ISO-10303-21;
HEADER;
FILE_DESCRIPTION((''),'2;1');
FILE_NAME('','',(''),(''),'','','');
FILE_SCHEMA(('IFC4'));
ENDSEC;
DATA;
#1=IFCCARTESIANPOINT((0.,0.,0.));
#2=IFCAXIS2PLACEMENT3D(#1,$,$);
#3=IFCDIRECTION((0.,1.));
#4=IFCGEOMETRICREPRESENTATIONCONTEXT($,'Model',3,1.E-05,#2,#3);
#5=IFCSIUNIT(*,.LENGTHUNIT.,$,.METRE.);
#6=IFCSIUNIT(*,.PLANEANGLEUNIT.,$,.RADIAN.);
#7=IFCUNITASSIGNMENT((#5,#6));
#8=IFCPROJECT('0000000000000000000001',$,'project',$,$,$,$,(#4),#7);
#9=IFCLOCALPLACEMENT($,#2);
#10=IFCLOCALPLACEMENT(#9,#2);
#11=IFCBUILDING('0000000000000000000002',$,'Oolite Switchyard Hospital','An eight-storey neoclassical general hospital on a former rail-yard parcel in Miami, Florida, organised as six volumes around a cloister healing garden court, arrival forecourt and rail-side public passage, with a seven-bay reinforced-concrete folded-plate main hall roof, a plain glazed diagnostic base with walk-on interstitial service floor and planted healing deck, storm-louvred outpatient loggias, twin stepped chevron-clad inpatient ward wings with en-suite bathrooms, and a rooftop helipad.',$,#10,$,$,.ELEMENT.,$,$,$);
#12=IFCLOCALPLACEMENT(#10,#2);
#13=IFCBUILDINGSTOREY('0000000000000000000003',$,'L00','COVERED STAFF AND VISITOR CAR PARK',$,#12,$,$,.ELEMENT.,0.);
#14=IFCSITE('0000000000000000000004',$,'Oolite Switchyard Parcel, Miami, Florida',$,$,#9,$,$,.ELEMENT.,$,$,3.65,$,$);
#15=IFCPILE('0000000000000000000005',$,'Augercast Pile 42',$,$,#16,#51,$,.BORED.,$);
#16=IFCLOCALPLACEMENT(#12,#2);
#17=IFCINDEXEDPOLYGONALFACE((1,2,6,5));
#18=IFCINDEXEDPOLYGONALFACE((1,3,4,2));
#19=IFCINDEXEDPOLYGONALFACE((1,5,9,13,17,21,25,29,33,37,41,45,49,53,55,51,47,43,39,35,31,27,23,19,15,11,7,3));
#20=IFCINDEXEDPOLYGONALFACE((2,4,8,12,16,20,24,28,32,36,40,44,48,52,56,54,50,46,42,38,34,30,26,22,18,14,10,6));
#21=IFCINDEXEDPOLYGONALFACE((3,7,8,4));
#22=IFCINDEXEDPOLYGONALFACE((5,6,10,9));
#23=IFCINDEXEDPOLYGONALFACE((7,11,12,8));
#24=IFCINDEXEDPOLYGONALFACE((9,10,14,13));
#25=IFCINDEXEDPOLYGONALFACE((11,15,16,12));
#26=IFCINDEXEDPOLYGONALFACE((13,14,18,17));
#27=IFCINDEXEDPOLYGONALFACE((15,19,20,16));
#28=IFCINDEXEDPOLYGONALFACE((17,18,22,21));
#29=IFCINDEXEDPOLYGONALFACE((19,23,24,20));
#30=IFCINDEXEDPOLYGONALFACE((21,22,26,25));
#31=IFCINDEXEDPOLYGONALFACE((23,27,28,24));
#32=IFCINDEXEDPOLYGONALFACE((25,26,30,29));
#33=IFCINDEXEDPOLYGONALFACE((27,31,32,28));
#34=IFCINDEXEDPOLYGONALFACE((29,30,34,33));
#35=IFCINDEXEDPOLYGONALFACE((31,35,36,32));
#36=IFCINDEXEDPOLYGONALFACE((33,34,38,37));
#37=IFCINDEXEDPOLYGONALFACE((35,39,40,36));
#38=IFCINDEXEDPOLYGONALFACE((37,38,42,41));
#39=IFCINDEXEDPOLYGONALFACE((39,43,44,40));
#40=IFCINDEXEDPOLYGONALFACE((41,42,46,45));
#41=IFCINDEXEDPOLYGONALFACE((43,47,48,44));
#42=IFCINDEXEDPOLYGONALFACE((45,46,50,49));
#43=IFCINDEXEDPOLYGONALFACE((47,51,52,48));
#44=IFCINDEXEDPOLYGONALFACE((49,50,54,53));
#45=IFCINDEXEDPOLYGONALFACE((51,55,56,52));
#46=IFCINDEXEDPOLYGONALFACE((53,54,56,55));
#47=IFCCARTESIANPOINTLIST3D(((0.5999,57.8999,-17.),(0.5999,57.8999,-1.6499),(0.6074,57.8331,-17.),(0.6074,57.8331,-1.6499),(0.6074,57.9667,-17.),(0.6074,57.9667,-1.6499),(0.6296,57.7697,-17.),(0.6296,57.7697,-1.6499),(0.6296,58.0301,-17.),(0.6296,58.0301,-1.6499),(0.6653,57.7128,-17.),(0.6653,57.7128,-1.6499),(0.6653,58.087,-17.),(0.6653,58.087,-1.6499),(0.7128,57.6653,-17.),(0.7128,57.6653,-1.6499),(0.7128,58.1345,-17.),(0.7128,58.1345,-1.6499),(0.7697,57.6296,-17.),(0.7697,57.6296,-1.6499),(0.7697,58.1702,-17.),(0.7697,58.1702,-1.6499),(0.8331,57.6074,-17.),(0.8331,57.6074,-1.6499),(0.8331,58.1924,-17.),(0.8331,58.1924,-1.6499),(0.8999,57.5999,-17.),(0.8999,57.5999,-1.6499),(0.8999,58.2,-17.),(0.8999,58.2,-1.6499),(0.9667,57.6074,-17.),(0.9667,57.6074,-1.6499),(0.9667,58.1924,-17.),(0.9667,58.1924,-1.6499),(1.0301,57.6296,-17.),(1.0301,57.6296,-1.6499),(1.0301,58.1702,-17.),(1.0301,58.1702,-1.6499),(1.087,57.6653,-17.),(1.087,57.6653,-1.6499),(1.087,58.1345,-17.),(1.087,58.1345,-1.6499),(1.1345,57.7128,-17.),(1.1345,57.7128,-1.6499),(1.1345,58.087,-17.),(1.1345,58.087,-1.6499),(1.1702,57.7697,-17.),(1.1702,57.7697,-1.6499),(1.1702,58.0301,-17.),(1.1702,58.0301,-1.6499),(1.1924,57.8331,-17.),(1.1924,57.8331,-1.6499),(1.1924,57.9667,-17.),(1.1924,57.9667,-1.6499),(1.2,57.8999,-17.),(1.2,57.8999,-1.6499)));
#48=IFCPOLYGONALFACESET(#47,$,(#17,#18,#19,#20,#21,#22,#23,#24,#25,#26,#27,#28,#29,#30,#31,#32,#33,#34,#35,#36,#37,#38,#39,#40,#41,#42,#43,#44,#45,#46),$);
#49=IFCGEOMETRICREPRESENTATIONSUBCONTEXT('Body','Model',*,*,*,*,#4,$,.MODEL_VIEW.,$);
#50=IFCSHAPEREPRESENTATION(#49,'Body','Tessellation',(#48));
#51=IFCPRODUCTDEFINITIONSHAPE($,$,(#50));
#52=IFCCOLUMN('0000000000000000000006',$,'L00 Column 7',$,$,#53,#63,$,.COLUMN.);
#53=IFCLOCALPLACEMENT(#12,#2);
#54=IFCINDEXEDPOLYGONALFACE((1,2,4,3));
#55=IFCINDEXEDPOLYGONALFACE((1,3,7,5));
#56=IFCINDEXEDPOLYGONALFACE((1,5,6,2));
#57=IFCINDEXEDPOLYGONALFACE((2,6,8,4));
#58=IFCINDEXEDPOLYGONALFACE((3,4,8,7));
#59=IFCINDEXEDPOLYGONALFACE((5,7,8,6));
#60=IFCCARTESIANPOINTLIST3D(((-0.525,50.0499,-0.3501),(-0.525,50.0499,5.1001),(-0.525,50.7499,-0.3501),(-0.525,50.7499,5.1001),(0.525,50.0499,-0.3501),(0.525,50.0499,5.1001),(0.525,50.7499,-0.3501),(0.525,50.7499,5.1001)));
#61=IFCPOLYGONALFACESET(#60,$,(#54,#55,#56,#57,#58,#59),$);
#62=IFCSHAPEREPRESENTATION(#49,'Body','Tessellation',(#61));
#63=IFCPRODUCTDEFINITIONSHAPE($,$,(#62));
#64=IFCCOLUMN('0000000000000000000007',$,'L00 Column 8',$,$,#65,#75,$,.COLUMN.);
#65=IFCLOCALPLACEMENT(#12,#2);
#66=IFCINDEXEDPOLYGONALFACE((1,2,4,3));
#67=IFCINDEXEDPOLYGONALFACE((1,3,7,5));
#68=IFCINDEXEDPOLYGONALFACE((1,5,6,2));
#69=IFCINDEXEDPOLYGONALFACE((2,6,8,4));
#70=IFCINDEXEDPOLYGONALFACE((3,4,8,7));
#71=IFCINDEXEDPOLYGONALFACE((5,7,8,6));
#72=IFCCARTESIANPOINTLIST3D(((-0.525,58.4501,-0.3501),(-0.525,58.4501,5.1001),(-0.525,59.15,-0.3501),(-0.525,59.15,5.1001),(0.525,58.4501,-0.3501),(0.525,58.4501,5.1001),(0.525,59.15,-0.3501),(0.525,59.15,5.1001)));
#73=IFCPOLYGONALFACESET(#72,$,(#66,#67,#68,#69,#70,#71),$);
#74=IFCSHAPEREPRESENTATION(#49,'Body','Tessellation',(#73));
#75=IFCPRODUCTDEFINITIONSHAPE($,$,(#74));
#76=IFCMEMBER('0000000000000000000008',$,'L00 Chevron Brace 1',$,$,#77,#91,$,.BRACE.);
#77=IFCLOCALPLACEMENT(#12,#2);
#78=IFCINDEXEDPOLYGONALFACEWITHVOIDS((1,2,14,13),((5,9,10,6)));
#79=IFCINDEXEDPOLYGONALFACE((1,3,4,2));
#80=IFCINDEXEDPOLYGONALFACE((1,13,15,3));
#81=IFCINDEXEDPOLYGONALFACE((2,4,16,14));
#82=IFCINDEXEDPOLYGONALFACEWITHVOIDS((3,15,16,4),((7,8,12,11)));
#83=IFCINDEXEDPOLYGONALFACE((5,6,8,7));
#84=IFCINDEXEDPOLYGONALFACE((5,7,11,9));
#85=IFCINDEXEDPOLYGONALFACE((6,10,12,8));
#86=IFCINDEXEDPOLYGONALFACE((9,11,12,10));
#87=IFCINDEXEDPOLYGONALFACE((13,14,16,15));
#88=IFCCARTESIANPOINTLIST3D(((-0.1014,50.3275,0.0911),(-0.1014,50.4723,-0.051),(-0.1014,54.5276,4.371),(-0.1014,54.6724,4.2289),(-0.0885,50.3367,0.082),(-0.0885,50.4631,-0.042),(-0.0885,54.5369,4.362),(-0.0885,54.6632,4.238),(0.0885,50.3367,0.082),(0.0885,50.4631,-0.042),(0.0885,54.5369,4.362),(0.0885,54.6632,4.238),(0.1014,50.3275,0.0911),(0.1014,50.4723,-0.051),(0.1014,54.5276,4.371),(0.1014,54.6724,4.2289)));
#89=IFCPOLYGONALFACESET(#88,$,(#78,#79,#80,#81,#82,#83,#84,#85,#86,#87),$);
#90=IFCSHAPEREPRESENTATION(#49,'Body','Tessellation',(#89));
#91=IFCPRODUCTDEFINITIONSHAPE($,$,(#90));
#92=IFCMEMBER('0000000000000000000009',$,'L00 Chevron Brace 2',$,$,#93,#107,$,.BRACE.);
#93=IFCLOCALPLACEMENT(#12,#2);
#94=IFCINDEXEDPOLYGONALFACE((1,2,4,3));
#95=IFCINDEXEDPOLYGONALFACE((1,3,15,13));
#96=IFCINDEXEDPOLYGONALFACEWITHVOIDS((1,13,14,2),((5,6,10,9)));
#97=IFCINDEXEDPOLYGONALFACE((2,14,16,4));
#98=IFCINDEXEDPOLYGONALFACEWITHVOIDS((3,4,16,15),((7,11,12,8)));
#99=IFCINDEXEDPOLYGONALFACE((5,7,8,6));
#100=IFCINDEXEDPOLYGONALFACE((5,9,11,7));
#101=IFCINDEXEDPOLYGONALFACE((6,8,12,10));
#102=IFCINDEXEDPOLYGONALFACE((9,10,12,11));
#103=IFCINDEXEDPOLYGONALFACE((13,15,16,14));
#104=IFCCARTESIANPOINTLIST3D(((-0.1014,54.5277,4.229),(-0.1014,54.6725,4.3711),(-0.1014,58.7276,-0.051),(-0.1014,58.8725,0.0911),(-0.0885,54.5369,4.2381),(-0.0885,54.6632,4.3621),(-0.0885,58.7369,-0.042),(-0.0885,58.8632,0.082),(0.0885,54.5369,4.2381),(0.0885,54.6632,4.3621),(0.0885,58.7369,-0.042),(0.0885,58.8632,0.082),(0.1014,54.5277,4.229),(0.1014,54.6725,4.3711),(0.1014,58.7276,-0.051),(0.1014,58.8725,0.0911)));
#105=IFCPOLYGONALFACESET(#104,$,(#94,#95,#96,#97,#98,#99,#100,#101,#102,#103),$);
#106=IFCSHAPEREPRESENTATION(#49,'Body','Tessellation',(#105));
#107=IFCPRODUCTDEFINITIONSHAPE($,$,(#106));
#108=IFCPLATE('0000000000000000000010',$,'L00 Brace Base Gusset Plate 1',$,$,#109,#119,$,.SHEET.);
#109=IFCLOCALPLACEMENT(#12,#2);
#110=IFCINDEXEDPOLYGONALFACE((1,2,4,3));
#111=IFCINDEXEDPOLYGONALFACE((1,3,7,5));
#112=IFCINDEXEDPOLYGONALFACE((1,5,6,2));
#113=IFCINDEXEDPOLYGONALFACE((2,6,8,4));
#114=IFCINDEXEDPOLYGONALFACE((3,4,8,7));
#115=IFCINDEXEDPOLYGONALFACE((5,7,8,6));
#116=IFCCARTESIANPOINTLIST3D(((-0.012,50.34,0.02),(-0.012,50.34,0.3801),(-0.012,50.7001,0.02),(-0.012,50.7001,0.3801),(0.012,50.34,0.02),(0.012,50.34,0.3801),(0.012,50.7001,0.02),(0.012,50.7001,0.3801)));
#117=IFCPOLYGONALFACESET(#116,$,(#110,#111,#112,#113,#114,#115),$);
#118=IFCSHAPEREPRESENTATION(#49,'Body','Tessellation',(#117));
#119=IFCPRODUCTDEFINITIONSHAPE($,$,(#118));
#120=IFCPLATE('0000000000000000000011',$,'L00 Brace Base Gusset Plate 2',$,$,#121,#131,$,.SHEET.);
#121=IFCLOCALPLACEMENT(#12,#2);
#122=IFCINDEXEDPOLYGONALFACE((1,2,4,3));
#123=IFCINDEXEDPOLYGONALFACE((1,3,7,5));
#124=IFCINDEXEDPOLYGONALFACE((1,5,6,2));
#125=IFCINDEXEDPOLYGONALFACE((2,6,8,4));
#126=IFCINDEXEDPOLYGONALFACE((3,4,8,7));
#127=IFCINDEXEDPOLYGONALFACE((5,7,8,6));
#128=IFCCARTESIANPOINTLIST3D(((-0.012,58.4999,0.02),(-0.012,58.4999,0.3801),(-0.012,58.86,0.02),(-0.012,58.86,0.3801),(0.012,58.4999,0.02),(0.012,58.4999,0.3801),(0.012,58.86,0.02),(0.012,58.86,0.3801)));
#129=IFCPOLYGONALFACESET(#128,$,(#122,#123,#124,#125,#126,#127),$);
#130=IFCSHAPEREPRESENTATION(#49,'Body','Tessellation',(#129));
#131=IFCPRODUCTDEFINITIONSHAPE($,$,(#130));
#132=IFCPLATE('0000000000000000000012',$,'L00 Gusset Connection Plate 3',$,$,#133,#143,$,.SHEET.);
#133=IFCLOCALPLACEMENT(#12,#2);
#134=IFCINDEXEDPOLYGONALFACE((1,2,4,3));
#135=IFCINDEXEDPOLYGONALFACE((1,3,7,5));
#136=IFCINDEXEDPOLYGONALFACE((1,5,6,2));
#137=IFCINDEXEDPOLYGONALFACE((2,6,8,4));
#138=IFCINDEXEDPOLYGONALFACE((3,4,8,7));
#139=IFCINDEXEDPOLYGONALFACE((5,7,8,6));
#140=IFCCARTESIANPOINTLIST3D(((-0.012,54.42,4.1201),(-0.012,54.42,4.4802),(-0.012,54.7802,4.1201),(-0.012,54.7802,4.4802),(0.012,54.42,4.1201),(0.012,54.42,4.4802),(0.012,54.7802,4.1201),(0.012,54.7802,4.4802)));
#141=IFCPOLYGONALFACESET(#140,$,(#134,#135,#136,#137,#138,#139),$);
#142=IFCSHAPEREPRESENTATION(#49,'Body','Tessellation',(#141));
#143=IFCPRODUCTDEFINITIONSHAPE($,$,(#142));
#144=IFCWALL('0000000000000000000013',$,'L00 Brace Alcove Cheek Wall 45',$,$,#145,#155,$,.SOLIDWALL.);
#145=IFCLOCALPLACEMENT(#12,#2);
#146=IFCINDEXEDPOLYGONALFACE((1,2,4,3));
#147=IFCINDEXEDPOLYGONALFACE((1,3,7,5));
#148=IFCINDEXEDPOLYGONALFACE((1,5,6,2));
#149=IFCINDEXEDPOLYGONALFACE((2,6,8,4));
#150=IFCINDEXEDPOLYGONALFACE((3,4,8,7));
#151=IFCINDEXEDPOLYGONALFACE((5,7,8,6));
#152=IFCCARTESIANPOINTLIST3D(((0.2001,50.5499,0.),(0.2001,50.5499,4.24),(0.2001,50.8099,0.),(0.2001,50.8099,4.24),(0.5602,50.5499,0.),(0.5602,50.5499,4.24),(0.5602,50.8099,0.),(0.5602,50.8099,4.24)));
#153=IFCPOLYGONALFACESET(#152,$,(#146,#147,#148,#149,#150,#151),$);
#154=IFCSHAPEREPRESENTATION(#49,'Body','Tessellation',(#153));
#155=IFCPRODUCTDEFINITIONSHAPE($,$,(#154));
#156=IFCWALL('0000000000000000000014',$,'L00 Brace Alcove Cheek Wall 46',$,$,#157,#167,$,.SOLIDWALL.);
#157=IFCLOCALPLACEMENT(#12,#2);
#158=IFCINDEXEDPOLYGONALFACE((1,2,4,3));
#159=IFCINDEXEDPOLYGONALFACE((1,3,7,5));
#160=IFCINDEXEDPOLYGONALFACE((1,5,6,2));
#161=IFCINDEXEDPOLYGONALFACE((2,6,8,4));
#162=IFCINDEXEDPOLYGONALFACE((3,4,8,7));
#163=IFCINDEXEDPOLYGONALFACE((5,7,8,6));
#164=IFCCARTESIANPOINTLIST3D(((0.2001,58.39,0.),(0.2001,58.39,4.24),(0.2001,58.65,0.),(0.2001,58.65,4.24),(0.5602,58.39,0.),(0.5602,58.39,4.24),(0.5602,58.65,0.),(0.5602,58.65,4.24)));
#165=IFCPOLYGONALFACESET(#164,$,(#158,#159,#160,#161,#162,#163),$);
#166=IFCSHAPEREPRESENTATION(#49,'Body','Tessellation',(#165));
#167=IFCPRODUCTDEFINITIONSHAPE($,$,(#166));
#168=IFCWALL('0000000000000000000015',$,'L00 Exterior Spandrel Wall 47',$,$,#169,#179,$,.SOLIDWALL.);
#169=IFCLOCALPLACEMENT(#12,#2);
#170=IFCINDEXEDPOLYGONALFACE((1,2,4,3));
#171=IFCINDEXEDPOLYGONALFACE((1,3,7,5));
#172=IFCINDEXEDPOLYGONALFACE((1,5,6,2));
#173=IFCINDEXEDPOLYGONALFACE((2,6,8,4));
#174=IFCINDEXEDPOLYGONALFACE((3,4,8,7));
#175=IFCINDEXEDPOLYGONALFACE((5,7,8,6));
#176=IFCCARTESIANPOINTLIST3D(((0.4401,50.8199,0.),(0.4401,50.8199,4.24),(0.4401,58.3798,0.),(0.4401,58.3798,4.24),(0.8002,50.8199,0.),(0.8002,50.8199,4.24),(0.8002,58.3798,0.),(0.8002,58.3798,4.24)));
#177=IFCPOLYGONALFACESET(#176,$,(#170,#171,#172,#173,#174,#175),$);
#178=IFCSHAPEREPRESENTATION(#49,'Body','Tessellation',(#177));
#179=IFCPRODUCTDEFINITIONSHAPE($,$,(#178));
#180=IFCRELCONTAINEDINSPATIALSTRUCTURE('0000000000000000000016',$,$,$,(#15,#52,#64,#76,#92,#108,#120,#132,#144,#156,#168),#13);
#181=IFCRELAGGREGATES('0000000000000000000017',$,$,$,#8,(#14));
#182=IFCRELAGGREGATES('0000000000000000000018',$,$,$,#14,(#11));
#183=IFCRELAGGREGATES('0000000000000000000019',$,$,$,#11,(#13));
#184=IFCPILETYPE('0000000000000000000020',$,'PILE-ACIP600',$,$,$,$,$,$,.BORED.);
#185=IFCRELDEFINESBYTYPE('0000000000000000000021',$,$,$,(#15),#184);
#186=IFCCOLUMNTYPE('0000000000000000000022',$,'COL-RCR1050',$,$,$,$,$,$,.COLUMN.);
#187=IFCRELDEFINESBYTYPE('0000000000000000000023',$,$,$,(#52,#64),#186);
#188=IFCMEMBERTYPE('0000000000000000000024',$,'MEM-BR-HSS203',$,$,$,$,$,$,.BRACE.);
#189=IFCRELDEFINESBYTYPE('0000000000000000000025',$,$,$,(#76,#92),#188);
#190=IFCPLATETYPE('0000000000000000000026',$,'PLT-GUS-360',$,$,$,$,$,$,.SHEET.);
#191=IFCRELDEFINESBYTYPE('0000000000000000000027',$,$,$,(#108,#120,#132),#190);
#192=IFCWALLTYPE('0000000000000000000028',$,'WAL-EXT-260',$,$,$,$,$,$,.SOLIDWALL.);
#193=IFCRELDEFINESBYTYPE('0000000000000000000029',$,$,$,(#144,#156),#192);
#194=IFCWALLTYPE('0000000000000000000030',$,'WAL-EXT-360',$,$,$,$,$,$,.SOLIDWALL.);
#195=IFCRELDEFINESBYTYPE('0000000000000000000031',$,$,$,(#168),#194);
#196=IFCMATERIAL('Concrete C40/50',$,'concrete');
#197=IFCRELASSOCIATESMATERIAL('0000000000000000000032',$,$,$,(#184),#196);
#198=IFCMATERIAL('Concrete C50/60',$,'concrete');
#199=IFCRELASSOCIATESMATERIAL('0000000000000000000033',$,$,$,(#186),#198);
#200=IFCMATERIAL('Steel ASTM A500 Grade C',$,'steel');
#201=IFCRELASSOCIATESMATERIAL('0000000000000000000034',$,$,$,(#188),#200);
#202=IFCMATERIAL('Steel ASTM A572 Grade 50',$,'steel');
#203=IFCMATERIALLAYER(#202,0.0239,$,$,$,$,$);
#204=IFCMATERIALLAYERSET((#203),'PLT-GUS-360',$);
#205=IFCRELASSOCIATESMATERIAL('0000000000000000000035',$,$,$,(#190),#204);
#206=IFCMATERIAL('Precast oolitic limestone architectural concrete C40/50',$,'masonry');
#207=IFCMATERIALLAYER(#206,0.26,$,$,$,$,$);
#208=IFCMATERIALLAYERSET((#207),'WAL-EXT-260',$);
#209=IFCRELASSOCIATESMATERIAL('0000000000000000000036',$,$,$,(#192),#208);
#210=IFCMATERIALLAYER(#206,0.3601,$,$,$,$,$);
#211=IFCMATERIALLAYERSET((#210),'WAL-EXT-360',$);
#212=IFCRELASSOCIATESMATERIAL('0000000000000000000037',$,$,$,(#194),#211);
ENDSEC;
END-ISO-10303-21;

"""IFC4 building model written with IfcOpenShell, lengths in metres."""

from ifc_helpers import new_model, si_unit, direction, frame, frame_2d, origin, origin_2d, place, context, subcontext, project, spatial, rectangle, hollow_rectangle, circle, extrude, material, layer, layer_set, material_profile, profile_set, type_object, element, save


model = new_model("IFC4")

# Units and contexts
model_context = context("Model", 3, precision=1e-05, world=origin(), true_north=direction((0.0, 1.0)))
body_context = subcontext(model_context, "Body", "Model", "MODEL_VIEW")
ifc_project = project(units=[si_unit("LENGTHUNIT", "METRE"), si_unit("PLANEANGLEUNIT", "RADIAN")], contexts=[model_context])

# Site, building, storey
site_placement = place(None, origin())
site = spatial("IfcSite", under=ifc_project, at=site_placement, Name="Oolite Switchyard Parcel, Miami, Florida", CompositionType="ELEMENT", RefElevation=3.65)
building_placement = place(site_placement, origin())
building = spatial("IfcBuilding", under=site, at=building_placement, Name="Oolite Switchyard Hospital", Description="An eight-storey neoclassical general hospital on a former rail-yard parcel in Miami, Florida, organised as six volumes around a cloister healing garden court, arrival forecourt and rail-side public passage, with a seven-bay reinforced-concrete folded-plate main hall roof, a plain glazed diagnostic base with walk-on interstitial service floor and planted healing deck, storm-louvred outpatient loggias, twin stepped chevron-clad inpatient ward wings with en-suite bathrooms, and a rooftop helipad.", CompositionType="ELEMENT")
storey_placement = place(building_placement, origin())
storey = spatial("IfcBuildingStorey", under=building, at=storey_placement, Name="L00", Description="COVERED STAFF AND VISITOR CAR PARK", CompositionType="ELEMENT", Elevation=0.0)

# Shared definitions
ifc_material_1 = material(Name="Concrete C40/50", Category="concrete")

# Pile
ifc_material_profile_1 = material_profile(ifc_material_1, circle(Radius=0.3, at=origin_2d()), Name="PILE600")
ifc_profile_set_1 = profile_set([ifc_material_profile_1], Name="Concrete C40/50")
pile_type = type_object("IfcPileType", Name="PILE-ACIP600", PredefinedType="BORED", material=ifc_profile_set_1)
for number, where, z_axis, x_axis, name in (
    (1, (0.8999, 57.8999, -1.6499), (0.0, 0.0, -1.0), (1.0, 0.0, 0.0), "Augercast Pile 42"),
):
    element("IfcPile", number, at=place(storey_placement, frame(where, z_axis=z_axis, x_axis=x_axis)), inside=storey, type_object=pile_type, Name=name, PredefinedType="BORED", context=body_context, shape_type="SweptSolid", body=[
        extrude(circle(Radius=0.3, at=origin_2d()), origin(), (0.0, 0.0, 1.0), 15.3501),
    ])

# Columns
ifc_material_2 = material(Name="Concrete C50/60", Category="concrete")
ifc_material_profile_2 = material_profile(ifc_material_2, rectangle(XDim=1.05, YDim=0.7, at=origin_2d()), Name="RC1050X700")
ifc_profile_set_2 = profile_set([ifc_material_profile_2], Name="Concrete C50/60")
column_type = type_object("IfcColumnType", Name="COL-RCR1050", PredefinedType="COLUMN", material=ifc_profile_set_2)
for number, where, z_axis, x_axis, name in (
    (2, (0.0, 50.3999, -0.3501), (0.0, 0.0, 1.0), (1.0, 0.0, 0.0), "L00 Column 7"),
    (3, (0.0, 58.8, -0.3501), (0.0, 0.0, 1.0), (1.0, 0.0, 0.0), "L00 Column 8"),
):
    element("IfcColumn", number, at=place(storey_placement, frame(where, z_axis=z_axis, x_axis=x_axis)), inside=storey, type_object=column_type, Name=name, PredefinedType="COLUMN", context=body_context, shape_type="SweptSolid", body=[
        extrude(rectangle(XDim=1.05, YDim=0.7, at=origin_2d()), origin(), (0.0, 0.0, 1.0), 5.4502),
    ])

# Members
ifc_material_3 = material(Name="Steel ASTM A500 Grade C", Category="steel")
ifc_material_profile_3 = material_profile(ifc_material_3, hollow_rectangle(XDim=0.2029, YDim=0.2029, WallThickness=0.0129, at=origin_2d()), Name="HSS203X203X13")
ifc_profile_set_3 = profile_set([ifc_material_profile_3], Name="Steel ASTM A500 Grade C")
member_type = type_object("IfcMemberType", Name="MEM-BR-HSS203", PredefinedType="BRACE", material=ifc_profile_set_3)
for number, where, z_axis, x_axis, name in (
    (4, (0.0, 50.3999, 0.02), (0.0, 0.700419, 0.713732), (-1.0, 0.0, 0.0), "L00 Chevron Brace 1"),
    (5, (0.0, 58.8, 0.02), (0.0, -0.700398, 0.713752), (1.0, 0.0, 0.0), "L00 Chevron Brace 2"),
):
    element("IfcMember", number, at=place(storey_placement, frame(where, z_axis=z_axis, x_axis=x_axis)), inside=storey, type_object=member_type, Name=name, PredefinedType="BRACE", context=body_context, shape_type="SweptSolid", body=[
        extrude(hollow_rectangle(XDim=0.2029, YDim=0.2029, WallThickness=0.0129, at=origin_2d()), origin(), (0.0, 0.0, 1.0), 5.9966),
    ])

# Plates
ifc_material_4 = material(Name="Steel ASTM A572 Grade 50", Category="steel")
ifc_layer_1 = layer(ifc_material_4, 0.0239)
ifc_layer_set_1 = layer_set([ifc_layer_1], Name="PLT-GUS-360")
plate_type = type_object("IfcPlateType", Name="PLT-GUS-360", PredefinedType="SHEET", material=ifc_layer_set_1)
for number, where, z_axis, x_axis, name in (
    (6, (0.0, 50.52, 0.02), (0.0, 0.0, 1.0), (0.0, 1.0, 0.0), "L00 Brace Base Gusset Plate 1"),
    (7, (0.0, 58.6799, 0.02), (0.0, 0.0, 1.0), (0.0, 1.0, 0.0), "L00 Brace Base Gusset Plate 2"),
    (8, (0.0, 54.6001, 4.1201), (0.0, 0.0, 1.0), (0.0, 1.0, 0.0), "L00 Gusset Connection Plate 3"),
):
    element("IfcPlate", number, at=place(storey_placement, frame(where, z_axis=z_axis, x_axis=x_axis)), inside=storey, type_object=plate_type, Name=name, PredefinedType="SHEET", context=body_context, shape_type="SweptSolid", body=[
        extrude(rectangle(XDim=0.3601, YDim=0.0239, at=origin_2d()), origin(), (0.0, 0.0, 1.0), 0.3601),
    ])

# Walls
ifc_material_5 = material(Name="Precast oolitic limestone architectural concrete C40/50", Category="masonry")
ifc_layer_2 = layer(ifc_material_5, 0.26)
ifc_layer_set_2 = layer_set([ifc_layer_2], Name="WAL-EXT-260")
wall_type_1 = type_object("IfcWallType", Name="WAL-EXT-260", PredefinedType="SOLIDWALL", material=ifc_layer_set_2)
for number, where, z_axis, x_axis, name in (
    (9, (0.2, 50.6799, 0.0), (0.0, 0.0, 1.0), (1.0, 0.0, 0.0), "L00 Brace Alcove Cheek Wall 45"),
    (10, (0.2, 58.52, 0.0), (0.0, 0.0, 1.0), (1.0, 0.0, 0.0), "L00 Brace Alcove Cheek Wall 46"),
):
    element("IfcWall", number, at=place(storey_placement, frame(where, z_axis=z_axis, x_axis=x_axis)), inside=storey, type_object=wall_type_1, Name=name, PredefinedType="SOLIDWALL", context=body_context, shape_type="SweptSolid", body=[
        extrude(rectangle(XDim=0.3601, YDim=0.26, at=frame_2d((0.1802, 0.0))), origin(), (0.0, 0.0, 1.0), 4.24),
    ])
ifc_layer_3 = layer(ifc_material_5, 0.3601)
ifc_layer_set_3 = layer_set([ifc_layer_3], Name="WAL-EXT-360")
wall_type_2 = type_object("IfcWallType", Name="WAL-EXT-360", PredefinedType="SOLIDWALL", material=ifc_layer_set_3)
wall_1_placement = place(storey_placement, frame((0.6201, 50.8201, 0.0), z_axis=(0.0, 0.0, 1.0), x_axis=(0.0, 1.0, 0.0)))
element("IfcWall", 11, at=wall_1_placement, inside=storey, type_object=wall_type_2, Name="L00 Exterior Spandrel Wall 47", PredefinedType="SOLIDWALL", context=body_context, shape_type="SweptSolid", body=[
    extrude(rectangle(XDim=7.5598, YDim=0.3601, at=frame_2d((3.7798, 0.0))), origin(), (0.0, 0.0, 1.0), 4.24),
])

save(model, "model.ifc")
